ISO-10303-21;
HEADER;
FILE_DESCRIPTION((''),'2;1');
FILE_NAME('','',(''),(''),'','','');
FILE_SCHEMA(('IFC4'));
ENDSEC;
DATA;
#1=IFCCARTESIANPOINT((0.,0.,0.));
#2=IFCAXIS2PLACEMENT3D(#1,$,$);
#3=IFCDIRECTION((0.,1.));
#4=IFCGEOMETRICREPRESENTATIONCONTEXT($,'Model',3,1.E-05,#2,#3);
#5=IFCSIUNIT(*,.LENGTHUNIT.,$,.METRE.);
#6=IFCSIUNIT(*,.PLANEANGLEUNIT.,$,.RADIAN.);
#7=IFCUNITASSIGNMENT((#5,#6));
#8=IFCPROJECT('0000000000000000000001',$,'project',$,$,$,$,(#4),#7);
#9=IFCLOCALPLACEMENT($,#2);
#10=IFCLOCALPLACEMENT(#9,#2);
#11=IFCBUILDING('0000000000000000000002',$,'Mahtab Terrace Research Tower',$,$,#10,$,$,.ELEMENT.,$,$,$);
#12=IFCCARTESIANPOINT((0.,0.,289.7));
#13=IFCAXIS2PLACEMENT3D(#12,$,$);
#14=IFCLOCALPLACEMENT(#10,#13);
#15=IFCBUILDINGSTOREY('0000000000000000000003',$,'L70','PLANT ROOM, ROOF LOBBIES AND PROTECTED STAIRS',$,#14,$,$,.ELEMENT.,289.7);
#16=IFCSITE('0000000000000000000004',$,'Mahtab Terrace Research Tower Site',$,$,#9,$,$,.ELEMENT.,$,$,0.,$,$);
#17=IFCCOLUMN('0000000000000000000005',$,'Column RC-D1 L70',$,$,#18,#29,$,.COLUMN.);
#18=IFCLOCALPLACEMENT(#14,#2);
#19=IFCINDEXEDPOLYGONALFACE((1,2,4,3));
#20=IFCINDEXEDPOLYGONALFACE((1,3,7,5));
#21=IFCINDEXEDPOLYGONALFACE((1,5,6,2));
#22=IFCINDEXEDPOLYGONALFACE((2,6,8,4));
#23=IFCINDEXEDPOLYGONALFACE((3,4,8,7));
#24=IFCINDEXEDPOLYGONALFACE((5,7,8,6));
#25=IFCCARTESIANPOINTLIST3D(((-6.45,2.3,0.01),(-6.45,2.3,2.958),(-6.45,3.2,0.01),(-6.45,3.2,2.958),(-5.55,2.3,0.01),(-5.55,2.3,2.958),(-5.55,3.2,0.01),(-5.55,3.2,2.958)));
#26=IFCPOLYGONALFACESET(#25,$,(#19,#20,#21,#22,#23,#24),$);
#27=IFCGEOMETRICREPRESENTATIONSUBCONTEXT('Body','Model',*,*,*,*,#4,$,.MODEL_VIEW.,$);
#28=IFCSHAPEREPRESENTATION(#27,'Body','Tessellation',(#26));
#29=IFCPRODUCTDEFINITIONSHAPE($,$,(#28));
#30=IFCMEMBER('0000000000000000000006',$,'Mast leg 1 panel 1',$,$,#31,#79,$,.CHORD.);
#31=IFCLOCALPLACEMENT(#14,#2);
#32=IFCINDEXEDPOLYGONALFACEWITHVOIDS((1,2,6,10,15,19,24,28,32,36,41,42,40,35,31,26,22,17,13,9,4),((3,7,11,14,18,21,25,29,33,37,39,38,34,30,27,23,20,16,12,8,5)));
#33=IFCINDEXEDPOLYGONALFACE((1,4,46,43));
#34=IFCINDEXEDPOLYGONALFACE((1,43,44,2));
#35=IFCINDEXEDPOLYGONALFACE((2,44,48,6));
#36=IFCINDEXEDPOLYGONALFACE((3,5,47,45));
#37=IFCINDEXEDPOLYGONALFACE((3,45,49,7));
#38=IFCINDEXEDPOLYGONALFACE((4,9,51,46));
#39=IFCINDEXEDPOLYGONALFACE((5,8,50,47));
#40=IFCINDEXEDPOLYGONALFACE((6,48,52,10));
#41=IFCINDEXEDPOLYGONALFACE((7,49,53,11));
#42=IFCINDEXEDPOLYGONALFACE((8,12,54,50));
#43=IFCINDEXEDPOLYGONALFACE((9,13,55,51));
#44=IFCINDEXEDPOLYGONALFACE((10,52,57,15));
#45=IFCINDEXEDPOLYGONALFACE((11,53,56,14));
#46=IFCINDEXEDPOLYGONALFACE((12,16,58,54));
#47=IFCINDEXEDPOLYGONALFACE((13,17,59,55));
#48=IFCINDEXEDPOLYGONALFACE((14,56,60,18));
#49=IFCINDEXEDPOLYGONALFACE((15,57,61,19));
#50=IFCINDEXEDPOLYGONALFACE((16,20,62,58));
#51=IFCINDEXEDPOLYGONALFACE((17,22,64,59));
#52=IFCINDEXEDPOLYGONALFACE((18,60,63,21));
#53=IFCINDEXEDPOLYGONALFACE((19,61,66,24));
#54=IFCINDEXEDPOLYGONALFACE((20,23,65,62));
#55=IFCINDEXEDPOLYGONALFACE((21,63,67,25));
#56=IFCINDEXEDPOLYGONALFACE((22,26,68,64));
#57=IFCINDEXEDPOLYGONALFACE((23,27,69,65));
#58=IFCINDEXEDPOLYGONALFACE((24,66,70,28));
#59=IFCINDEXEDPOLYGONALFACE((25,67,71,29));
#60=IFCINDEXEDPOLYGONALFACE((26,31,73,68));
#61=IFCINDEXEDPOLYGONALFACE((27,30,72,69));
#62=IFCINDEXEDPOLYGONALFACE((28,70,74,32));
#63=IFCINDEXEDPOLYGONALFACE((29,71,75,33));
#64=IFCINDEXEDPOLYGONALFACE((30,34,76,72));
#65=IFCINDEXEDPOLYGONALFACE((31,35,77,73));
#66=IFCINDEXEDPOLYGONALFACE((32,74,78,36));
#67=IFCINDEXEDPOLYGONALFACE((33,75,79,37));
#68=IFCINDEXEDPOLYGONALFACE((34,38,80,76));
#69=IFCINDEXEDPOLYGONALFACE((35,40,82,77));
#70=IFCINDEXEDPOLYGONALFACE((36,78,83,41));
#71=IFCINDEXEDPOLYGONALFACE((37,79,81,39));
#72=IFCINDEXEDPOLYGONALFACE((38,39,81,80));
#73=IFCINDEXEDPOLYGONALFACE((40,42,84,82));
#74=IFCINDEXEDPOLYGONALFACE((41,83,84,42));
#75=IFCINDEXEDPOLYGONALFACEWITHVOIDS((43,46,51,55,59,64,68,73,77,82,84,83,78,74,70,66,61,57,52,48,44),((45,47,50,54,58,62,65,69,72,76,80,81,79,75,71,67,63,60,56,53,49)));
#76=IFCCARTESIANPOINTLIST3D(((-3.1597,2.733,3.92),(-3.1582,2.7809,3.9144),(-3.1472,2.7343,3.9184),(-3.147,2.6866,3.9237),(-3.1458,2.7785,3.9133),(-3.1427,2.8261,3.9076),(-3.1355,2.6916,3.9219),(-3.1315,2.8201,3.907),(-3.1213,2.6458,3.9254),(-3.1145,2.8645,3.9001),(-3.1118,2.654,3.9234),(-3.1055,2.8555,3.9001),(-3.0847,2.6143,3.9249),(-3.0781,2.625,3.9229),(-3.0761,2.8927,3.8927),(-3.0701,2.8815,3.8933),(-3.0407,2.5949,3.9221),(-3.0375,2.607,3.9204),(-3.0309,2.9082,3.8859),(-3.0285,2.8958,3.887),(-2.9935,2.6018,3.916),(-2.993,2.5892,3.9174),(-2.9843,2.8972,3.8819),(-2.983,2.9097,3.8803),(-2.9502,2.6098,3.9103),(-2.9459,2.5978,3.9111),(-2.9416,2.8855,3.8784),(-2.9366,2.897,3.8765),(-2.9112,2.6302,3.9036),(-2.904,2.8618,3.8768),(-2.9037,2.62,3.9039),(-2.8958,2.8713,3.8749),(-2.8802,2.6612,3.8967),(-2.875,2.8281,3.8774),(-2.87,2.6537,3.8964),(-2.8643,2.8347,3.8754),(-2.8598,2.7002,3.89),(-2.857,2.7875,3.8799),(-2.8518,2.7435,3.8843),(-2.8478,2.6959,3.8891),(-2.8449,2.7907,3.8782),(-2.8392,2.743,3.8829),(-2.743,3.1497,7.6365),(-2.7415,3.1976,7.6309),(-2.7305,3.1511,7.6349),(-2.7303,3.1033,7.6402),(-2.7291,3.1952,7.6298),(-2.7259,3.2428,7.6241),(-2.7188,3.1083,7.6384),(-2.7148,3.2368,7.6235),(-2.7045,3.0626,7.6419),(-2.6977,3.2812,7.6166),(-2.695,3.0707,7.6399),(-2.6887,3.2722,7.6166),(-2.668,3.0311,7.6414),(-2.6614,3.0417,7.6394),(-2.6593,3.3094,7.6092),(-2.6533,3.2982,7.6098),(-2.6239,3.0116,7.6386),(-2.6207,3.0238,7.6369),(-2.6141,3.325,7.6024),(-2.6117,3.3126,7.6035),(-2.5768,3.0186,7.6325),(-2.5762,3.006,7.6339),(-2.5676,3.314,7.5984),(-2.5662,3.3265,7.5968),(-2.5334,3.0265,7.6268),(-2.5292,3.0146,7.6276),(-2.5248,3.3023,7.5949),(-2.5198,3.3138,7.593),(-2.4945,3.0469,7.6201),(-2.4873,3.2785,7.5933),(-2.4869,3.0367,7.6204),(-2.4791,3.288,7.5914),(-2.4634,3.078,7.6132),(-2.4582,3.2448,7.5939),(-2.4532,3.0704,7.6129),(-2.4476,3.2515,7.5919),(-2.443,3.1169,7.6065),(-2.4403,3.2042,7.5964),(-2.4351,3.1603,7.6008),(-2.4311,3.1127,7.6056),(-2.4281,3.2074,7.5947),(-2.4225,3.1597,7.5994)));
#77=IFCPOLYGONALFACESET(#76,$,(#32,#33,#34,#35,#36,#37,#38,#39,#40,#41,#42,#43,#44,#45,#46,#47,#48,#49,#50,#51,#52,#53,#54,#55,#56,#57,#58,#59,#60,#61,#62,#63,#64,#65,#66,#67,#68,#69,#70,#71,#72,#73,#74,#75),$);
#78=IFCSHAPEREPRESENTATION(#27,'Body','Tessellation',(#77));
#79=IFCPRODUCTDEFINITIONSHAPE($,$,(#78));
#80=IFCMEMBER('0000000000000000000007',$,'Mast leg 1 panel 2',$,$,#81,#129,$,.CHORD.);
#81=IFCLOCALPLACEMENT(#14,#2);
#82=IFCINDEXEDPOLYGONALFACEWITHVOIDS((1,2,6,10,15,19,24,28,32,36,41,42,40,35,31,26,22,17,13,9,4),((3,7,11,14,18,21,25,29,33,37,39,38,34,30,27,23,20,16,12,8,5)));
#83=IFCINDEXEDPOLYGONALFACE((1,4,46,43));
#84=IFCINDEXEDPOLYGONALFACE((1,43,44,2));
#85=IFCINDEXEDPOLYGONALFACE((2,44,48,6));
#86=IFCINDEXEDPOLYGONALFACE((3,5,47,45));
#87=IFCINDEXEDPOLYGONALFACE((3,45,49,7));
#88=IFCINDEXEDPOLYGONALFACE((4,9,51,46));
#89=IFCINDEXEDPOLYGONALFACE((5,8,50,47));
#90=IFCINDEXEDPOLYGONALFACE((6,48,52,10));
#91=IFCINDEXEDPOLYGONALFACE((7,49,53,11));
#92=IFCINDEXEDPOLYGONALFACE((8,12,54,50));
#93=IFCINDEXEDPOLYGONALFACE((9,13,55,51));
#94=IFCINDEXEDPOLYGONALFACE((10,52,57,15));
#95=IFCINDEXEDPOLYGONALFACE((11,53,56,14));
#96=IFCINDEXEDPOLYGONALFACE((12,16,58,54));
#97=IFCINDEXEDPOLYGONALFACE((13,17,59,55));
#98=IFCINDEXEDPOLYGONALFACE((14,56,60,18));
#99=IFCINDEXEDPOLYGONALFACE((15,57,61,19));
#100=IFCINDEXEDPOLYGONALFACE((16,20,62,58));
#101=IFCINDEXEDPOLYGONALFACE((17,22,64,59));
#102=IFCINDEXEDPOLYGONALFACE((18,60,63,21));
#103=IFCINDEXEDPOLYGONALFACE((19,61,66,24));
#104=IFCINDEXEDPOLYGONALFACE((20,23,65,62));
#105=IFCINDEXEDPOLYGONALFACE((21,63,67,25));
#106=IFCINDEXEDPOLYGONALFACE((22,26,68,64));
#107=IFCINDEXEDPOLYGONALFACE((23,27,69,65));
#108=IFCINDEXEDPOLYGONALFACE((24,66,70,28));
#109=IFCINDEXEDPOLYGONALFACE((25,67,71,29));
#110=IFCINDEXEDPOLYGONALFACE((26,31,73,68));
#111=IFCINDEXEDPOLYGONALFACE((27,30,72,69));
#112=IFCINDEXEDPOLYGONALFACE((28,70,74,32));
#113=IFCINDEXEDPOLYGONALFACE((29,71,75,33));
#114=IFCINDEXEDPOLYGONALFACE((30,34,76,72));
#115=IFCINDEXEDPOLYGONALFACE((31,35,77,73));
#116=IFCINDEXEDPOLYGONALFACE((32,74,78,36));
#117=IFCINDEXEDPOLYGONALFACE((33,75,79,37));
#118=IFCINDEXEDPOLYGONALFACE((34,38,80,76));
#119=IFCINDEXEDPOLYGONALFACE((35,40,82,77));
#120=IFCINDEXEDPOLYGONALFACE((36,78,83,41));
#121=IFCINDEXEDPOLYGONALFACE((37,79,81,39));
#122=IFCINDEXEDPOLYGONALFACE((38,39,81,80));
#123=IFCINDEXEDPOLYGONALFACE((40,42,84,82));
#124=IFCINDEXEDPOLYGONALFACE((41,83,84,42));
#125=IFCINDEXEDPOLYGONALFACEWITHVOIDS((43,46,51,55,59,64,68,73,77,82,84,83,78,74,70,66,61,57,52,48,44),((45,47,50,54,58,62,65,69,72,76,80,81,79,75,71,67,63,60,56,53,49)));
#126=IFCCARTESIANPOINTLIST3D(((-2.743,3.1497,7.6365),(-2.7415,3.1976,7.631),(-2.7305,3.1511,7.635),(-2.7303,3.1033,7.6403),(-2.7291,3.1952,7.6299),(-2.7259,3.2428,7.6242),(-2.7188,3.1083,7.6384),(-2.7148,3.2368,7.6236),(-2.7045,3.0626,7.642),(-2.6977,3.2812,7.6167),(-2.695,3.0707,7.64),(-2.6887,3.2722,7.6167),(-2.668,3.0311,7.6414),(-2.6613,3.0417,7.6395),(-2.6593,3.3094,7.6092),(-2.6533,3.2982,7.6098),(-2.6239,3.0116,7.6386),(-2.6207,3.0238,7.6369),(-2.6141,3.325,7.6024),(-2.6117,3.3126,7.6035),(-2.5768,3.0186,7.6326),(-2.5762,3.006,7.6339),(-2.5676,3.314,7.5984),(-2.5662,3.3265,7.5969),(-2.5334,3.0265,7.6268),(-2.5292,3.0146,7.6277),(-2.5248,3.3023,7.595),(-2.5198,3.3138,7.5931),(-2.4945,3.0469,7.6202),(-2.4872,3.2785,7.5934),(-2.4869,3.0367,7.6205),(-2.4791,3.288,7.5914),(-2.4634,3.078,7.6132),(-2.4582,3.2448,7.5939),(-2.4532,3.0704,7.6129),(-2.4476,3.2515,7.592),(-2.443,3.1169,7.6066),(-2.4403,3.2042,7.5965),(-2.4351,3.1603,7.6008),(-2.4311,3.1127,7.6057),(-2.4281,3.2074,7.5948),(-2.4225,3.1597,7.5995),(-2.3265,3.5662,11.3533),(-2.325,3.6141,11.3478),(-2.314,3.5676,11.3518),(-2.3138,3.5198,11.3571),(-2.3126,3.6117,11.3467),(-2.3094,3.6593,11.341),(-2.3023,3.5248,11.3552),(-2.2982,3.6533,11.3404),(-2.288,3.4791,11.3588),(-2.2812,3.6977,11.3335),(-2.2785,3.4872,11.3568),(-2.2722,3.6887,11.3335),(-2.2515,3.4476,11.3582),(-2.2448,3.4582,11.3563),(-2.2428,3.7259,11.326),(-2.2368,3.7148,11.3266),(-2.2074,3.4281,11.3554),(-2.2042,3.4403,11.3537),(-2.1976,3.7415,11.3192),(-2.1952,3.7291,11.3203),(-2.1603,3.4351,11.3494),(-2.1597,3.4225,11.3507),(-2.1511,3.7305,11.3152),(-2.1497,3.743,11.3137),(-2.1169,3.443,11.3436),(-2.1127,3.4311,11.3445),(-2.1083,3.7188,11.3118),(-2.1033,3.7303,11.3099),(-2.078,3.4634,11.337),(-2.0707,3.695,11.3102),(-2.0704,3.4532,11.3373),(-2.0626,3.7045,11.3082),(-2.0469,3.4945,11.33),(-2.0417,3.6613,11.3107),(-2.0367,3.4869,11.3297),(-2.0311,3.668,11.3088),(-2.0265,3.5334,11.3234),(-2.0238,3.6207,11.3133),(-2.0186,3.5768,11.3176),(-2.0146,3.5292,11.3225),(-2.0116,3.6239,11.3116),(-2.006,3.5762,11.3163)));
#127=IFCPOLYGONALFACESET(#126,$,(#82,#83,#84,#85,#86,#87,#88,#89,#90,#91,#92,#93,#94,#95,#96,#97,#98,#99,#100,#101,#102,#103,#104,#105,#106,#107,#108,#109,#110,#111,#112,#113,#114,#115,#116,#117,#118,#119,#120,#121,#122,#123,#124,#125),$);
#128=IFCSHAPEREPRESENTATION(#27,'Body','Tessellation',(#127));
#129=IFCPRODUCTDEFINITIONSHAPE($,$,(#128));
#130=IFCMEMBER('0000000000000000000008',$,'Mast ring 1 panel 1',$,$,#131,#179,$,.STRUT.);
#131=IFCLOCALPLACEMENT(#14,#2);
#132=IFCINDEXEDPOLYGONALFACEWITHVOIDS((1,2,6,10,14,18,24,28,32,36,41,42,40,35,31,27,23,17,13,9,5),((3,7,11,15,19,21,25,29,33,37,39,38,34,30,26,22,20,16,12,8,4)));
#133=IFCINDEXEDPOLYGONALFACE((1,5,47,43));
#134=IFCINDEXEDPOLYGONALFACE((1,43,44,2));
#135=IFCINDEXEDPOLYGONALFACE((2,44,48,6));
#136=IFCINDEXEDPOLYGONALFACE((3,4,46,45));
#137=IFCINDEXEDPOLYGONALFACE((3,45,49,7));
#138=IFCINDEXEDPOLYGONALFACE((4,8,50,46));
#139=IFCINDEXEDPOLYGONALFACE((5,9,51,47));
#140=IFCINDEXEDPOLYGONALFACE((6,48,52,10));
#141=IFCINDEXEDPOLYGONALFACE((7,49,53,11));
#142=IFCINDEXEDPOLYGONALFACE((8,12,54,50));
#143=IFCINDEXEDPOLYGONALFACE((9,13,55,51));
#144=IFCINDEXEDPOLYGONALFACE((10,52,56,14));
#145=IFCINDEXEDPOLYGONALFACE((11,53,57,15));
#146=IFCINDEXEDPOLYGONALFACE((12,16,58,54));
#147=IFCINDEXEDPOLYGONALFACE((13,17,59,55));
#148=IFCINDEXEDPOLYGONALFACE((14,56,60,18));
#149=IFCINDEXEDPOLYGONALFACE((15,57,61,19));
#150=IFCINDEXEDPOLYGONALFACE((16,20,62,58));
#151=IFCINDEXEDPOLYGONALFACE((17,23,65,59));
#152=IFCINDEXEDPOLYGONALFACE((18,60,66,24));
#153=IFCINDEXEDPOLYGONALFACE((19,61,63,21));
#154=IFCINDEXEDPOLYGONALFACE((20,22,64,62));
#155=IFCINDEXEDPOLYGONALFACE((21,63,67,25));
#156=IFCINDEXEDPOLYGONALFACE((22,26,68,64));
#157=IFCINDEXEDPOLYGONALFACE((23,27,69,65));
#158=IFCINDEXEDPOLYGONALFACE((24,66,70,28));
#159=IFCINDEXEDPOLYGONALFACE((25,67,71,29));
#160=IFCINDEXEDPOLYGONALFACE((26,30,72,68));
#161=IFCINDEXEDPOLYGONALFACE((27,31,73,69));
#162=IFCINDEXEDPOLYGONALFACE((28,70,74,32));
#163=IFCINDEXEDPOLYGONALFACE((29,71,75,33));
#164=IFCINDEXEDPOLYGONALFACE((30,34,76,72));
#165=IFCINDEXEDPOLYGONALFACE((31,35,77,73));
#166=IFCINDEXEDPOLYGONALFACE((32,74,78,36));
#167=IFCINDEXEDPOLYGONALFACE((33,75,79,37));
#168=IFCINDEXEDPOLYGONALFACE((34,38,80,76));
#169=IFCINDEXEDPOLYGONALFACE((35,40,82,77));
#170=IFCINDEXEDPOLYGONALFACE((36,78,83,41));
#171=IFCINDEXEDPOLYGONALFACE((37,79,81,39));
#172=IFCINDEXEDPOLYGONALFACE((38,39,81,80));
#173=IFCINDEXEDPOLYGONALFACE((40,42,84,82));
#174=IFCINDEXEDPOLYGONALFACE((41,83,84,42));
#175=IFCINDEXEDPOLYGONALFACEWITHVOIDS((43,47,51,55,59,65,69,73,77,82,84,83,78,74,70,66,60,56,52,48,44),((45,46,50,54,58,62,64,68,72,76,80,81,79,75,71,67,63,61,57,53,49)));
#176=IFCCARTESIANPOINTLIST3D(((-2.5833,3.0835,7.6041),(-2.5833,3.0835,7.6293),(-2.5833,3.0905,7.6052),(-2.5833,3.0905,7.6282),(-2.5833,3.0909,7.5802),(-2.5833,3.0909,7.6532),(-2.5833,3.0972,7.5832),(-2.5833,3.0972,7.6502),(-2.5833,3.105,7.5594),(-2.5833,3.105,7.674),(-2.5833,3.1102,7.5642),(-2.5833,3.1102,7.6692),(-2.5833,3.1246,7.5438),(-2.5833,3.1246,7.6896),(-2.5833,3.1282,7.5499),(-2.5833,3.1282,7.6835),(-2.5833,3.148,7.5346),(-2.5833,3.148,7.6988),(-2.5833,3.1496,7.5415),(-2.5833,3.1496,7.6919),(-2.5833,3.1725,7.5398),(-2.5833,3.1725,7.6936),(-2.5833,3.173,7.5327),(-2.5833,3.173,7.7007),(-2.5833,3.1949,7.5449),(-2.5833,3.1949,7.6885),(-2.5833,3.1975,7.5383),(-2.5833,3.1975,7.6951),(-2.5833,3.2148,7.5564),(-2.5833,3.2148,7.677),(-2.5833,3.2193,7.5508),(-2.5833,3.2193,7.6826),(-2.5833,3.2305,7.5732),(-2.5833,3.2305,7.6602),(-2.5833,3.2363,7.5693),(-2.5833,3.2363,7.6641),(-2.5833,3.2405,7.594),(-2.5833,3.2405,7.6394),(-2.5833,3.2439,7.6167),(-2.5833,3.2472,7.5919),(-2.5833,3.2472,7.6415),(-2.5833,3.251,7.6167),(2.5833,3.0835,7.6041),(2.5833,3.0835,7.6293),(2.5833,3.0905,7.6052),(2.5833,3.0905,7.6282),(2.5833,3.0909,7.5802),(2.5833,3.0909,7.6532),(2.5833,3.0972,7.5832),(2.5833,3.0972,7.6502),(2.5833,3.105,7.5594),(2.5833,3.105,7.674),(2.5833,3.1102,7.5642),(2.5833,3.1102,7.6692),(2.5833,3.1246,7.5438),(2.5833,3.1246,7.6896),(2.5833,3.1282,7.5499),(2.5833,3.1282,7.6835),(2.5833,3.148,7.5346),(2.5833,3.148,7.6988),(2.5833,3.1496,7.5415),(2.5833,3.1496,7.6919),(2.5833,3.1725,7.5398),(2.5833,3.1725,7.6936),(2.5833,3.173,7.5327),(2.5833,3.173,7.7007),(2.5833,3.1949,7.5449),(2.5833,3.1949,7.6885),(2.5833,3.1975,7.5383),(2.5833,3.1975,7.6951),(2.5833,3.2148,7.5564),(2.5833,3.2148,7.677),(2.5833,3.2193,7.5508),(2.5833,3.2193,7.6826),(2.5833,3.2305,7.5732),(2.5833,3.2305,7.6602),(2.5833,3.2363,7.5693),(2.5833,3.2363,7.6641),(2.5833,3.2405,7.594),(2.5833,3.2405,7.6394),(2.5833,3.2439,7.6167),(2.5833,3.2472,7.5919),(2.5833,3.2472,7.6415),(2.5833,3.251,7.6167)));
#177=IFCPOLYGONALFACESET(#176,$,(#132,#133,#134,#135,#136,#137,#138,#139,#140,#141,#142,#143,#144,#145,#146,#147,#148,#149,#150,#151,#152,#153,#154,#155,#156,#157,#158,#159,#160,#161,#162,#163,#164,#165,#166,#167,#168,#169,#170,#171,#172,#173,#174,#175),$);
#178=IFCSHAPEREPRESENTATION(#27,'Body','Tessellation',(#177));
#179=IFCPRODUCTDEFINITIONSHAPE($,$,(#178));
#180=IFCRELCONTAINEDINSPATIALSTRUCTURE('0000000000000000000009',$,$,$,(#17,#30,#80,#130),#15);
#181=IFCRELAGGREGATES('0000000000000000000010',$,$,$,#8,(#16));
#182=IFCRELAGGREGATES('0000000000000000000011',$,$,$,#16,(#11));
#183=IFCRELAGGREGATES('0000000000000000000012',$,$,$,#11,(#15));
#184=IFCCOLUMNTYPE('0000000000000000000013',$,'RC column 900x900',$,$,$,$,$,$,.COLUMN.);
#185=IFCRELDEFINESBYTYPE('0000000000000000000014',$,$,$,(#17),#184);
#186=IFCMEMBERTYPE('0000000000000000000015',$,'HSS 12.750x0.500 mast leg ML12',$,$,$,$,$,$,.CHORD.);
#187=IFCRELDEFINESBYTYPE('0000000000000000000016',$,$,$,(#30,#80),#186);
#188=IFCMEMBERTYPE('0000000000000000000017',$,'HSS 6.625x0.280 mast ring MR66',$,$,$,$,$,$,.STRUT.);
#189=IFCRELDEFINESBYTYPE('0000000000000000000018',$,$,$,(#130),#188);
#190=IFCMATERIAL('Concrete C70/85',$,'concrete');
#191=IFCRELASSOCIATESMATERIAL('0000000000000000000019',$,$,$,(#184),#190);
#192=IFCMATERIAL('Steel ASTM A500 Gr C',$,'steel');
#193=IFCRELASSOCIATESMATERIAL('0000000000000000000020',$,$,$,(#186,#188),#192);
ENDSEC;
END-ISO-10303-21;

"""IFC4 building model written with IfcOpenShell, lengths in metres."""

from ifc_helpers import new_model, si_unit, direction, frame, origin, origin_2d, place, context, subcontext, project, spatial, rectangle, hollow_circle, extrude, material, material_profile, profile_set, type_object, element, save


model = new_model("IFC4")

# Units and contexts
model_context = context("Model", 3, precision=1e-05, world=origin(), true_north=direction((0.0, 1.0)))
body_context = subcontext(model_context, "Body", "Model", "MODEL_VIEW")
ifc_project = project(units=[si_unit("LENGTHUNIT", "METRE"), si_unit("PLANEANGLEUNIT", "RADIAN")], contexts=[model_context])

# Site, building, storey
site_placement = place(None, origin())
site = spatial("IfcSite", under=ifc_project, at=site_placement, Name="Mahtab Terrace Research Tower Site", CompositionType="ELEMENT", RefElevation=0.0)
building_placement = place(site_placement, origin())
building = spatial("IfcBuilding", under=site, at=building_placement, Name="Mahtab Terrace Research Tower", CompositionType="ELEMENT")
storey_placement = place(building_placement, frame((0.0, 0.0, 289.7)))
storey = spatial("IfcBuildingStorey", under=building, at=storey_placement, Name="L70", Description="PLANT ROOM, ROOF LOBBIES AND PROTECTED STAIRS", CompositionType="ELEMENT", Elevation=289.7)

# Column
ifc_material_1 = material(Name="Concrete C70/85", Category="concrete")
ifc_material_profile_1 = material_profile(ifc_material_1, rectangle(XDim=0.8999, YDim=0.8999, at=origin_2d()), Name="RC column 900x900")
ifc_profile_set_1 = profile_set([ifc_material_profile_1], Name="Concrete C70/85")
column_type = type_object("IfcColumnType", Name="RC column 900x900", PredefinedType="COLUMN", material=ifc_profile_set_1)
column_placement = place(storey_placement, frame((-6.0, 2.75, 0.01), z_axis=(0.0, 0.0, 1.0), x_axis=(1.0, 0.0, 0.0)))
element("IfcColumn", 1, at=column_placement, inside=storey, type_object=column_type, Name="Column RC-D1 L70", PredefinedType="COLUMN", context=body_context, shape_type="SweptSolid", body=[
    extrude(rectangle(XDim=0.8999, YDim=0.8999, at=origin_2d()), origin(), (0.0, 0.0, 1.0), 2.948),
])

# Members
ifc_material_2 = material(Name="Steel ASTM A500 Gr C", Category="steel")
ifc_material_profile_2 = material_profile(ifc_material_2, hollow_circle(Radius=0.1619, WallThickness=0.0127, at=origin_2d()), Name="HSS12.750X0.500")
ifc_profile_set_2 = profile_set([ifc_material_profile_2], Name="Steel ASTM A500 Gr C")
member_type_1 = type_object("IfcMemberType", Name="HSS 12.750x0.500 mast leg ML12", PredefinedType="CHORD", material=ifc_profile_set_2)
member_1_placement = place(storey_placement, frame((-3.0, 2.75, 3.9001), z_axis=(0.110749, 0.110749, 0.987658), x_axis=(-0.707107, 0.707107, 0.0)))
element("IfcMember", 2, at=member_1_placement, inside=storey, type_object=member_type_1, Name="Mast leg 1 panel 1", PredefinedType="CHORD", context=body_context, shape_type="SweptSolid", body=[
    extrude(hollow_circle(Radius=0.1619, WallThickness=0.0127, at=origin_2d()), origin(), (0.0, 0.0, 1.0), 3.7629),
])
member_2_placement = place(storey_placement, frame((-2.5833, 3.1667, 7.6167), z_axis=(0.110679, 0.110679, 0.987674), x_axis=(-0.707107, 0.707107, 0.0)))
element("IfcMember", 3, at=member_2_placement, inside=storey, type_object=member_type_1, Name="Mast leg 1 panel 2", PredefinedType="CHORD", context=body_context, shape_type="SweptSolid", body=[
    extrude(hollow_circle(Radius=0.1619, WallThickness=0.0127, at=origin_2d()), origin(), (0.0, 0.0, 1.0), 3.7632),
])
ifc_material_profile_3 = material_profile(ifc_material_2, hollow_circle(Radius=0.0842, WallThickness=0.0071, at=origin_2d()), Name="HSS6.625X0.280")
ifc_profile_set_3 = profile_set([ifc_material_profile_3], Name="Steel ASTM A500 Gr C")
member_type_2 = type_object("IfcMemberType", Name="HSS 6.625x0.280 mast ring MR66", PredefinedType="STRUT", material=ifc_profile_set_3)
member_3_placement = place(storey_placement, frame((-2.5833, 3.1667, 7.6167), z_axis=(1.0, 0.0, 0.0), x_axis=(0.0, 1.0, 0.0)))
element("IfcMember", 4, at=member_3_placement, inside=storey, type_object=member_type_2, Name="Mast ring 1 panel 1", PredefinedType="STRUT", context=body_context, shape_type="SweptSolid", body=[
    extrude(hollow_circle(Radius=0.0842, WallThickness=0.0071, at=origin_2d()), origin(), (0.0, 0.0, 1.0), 5.1665),
])

save(model, "model.ifc")
